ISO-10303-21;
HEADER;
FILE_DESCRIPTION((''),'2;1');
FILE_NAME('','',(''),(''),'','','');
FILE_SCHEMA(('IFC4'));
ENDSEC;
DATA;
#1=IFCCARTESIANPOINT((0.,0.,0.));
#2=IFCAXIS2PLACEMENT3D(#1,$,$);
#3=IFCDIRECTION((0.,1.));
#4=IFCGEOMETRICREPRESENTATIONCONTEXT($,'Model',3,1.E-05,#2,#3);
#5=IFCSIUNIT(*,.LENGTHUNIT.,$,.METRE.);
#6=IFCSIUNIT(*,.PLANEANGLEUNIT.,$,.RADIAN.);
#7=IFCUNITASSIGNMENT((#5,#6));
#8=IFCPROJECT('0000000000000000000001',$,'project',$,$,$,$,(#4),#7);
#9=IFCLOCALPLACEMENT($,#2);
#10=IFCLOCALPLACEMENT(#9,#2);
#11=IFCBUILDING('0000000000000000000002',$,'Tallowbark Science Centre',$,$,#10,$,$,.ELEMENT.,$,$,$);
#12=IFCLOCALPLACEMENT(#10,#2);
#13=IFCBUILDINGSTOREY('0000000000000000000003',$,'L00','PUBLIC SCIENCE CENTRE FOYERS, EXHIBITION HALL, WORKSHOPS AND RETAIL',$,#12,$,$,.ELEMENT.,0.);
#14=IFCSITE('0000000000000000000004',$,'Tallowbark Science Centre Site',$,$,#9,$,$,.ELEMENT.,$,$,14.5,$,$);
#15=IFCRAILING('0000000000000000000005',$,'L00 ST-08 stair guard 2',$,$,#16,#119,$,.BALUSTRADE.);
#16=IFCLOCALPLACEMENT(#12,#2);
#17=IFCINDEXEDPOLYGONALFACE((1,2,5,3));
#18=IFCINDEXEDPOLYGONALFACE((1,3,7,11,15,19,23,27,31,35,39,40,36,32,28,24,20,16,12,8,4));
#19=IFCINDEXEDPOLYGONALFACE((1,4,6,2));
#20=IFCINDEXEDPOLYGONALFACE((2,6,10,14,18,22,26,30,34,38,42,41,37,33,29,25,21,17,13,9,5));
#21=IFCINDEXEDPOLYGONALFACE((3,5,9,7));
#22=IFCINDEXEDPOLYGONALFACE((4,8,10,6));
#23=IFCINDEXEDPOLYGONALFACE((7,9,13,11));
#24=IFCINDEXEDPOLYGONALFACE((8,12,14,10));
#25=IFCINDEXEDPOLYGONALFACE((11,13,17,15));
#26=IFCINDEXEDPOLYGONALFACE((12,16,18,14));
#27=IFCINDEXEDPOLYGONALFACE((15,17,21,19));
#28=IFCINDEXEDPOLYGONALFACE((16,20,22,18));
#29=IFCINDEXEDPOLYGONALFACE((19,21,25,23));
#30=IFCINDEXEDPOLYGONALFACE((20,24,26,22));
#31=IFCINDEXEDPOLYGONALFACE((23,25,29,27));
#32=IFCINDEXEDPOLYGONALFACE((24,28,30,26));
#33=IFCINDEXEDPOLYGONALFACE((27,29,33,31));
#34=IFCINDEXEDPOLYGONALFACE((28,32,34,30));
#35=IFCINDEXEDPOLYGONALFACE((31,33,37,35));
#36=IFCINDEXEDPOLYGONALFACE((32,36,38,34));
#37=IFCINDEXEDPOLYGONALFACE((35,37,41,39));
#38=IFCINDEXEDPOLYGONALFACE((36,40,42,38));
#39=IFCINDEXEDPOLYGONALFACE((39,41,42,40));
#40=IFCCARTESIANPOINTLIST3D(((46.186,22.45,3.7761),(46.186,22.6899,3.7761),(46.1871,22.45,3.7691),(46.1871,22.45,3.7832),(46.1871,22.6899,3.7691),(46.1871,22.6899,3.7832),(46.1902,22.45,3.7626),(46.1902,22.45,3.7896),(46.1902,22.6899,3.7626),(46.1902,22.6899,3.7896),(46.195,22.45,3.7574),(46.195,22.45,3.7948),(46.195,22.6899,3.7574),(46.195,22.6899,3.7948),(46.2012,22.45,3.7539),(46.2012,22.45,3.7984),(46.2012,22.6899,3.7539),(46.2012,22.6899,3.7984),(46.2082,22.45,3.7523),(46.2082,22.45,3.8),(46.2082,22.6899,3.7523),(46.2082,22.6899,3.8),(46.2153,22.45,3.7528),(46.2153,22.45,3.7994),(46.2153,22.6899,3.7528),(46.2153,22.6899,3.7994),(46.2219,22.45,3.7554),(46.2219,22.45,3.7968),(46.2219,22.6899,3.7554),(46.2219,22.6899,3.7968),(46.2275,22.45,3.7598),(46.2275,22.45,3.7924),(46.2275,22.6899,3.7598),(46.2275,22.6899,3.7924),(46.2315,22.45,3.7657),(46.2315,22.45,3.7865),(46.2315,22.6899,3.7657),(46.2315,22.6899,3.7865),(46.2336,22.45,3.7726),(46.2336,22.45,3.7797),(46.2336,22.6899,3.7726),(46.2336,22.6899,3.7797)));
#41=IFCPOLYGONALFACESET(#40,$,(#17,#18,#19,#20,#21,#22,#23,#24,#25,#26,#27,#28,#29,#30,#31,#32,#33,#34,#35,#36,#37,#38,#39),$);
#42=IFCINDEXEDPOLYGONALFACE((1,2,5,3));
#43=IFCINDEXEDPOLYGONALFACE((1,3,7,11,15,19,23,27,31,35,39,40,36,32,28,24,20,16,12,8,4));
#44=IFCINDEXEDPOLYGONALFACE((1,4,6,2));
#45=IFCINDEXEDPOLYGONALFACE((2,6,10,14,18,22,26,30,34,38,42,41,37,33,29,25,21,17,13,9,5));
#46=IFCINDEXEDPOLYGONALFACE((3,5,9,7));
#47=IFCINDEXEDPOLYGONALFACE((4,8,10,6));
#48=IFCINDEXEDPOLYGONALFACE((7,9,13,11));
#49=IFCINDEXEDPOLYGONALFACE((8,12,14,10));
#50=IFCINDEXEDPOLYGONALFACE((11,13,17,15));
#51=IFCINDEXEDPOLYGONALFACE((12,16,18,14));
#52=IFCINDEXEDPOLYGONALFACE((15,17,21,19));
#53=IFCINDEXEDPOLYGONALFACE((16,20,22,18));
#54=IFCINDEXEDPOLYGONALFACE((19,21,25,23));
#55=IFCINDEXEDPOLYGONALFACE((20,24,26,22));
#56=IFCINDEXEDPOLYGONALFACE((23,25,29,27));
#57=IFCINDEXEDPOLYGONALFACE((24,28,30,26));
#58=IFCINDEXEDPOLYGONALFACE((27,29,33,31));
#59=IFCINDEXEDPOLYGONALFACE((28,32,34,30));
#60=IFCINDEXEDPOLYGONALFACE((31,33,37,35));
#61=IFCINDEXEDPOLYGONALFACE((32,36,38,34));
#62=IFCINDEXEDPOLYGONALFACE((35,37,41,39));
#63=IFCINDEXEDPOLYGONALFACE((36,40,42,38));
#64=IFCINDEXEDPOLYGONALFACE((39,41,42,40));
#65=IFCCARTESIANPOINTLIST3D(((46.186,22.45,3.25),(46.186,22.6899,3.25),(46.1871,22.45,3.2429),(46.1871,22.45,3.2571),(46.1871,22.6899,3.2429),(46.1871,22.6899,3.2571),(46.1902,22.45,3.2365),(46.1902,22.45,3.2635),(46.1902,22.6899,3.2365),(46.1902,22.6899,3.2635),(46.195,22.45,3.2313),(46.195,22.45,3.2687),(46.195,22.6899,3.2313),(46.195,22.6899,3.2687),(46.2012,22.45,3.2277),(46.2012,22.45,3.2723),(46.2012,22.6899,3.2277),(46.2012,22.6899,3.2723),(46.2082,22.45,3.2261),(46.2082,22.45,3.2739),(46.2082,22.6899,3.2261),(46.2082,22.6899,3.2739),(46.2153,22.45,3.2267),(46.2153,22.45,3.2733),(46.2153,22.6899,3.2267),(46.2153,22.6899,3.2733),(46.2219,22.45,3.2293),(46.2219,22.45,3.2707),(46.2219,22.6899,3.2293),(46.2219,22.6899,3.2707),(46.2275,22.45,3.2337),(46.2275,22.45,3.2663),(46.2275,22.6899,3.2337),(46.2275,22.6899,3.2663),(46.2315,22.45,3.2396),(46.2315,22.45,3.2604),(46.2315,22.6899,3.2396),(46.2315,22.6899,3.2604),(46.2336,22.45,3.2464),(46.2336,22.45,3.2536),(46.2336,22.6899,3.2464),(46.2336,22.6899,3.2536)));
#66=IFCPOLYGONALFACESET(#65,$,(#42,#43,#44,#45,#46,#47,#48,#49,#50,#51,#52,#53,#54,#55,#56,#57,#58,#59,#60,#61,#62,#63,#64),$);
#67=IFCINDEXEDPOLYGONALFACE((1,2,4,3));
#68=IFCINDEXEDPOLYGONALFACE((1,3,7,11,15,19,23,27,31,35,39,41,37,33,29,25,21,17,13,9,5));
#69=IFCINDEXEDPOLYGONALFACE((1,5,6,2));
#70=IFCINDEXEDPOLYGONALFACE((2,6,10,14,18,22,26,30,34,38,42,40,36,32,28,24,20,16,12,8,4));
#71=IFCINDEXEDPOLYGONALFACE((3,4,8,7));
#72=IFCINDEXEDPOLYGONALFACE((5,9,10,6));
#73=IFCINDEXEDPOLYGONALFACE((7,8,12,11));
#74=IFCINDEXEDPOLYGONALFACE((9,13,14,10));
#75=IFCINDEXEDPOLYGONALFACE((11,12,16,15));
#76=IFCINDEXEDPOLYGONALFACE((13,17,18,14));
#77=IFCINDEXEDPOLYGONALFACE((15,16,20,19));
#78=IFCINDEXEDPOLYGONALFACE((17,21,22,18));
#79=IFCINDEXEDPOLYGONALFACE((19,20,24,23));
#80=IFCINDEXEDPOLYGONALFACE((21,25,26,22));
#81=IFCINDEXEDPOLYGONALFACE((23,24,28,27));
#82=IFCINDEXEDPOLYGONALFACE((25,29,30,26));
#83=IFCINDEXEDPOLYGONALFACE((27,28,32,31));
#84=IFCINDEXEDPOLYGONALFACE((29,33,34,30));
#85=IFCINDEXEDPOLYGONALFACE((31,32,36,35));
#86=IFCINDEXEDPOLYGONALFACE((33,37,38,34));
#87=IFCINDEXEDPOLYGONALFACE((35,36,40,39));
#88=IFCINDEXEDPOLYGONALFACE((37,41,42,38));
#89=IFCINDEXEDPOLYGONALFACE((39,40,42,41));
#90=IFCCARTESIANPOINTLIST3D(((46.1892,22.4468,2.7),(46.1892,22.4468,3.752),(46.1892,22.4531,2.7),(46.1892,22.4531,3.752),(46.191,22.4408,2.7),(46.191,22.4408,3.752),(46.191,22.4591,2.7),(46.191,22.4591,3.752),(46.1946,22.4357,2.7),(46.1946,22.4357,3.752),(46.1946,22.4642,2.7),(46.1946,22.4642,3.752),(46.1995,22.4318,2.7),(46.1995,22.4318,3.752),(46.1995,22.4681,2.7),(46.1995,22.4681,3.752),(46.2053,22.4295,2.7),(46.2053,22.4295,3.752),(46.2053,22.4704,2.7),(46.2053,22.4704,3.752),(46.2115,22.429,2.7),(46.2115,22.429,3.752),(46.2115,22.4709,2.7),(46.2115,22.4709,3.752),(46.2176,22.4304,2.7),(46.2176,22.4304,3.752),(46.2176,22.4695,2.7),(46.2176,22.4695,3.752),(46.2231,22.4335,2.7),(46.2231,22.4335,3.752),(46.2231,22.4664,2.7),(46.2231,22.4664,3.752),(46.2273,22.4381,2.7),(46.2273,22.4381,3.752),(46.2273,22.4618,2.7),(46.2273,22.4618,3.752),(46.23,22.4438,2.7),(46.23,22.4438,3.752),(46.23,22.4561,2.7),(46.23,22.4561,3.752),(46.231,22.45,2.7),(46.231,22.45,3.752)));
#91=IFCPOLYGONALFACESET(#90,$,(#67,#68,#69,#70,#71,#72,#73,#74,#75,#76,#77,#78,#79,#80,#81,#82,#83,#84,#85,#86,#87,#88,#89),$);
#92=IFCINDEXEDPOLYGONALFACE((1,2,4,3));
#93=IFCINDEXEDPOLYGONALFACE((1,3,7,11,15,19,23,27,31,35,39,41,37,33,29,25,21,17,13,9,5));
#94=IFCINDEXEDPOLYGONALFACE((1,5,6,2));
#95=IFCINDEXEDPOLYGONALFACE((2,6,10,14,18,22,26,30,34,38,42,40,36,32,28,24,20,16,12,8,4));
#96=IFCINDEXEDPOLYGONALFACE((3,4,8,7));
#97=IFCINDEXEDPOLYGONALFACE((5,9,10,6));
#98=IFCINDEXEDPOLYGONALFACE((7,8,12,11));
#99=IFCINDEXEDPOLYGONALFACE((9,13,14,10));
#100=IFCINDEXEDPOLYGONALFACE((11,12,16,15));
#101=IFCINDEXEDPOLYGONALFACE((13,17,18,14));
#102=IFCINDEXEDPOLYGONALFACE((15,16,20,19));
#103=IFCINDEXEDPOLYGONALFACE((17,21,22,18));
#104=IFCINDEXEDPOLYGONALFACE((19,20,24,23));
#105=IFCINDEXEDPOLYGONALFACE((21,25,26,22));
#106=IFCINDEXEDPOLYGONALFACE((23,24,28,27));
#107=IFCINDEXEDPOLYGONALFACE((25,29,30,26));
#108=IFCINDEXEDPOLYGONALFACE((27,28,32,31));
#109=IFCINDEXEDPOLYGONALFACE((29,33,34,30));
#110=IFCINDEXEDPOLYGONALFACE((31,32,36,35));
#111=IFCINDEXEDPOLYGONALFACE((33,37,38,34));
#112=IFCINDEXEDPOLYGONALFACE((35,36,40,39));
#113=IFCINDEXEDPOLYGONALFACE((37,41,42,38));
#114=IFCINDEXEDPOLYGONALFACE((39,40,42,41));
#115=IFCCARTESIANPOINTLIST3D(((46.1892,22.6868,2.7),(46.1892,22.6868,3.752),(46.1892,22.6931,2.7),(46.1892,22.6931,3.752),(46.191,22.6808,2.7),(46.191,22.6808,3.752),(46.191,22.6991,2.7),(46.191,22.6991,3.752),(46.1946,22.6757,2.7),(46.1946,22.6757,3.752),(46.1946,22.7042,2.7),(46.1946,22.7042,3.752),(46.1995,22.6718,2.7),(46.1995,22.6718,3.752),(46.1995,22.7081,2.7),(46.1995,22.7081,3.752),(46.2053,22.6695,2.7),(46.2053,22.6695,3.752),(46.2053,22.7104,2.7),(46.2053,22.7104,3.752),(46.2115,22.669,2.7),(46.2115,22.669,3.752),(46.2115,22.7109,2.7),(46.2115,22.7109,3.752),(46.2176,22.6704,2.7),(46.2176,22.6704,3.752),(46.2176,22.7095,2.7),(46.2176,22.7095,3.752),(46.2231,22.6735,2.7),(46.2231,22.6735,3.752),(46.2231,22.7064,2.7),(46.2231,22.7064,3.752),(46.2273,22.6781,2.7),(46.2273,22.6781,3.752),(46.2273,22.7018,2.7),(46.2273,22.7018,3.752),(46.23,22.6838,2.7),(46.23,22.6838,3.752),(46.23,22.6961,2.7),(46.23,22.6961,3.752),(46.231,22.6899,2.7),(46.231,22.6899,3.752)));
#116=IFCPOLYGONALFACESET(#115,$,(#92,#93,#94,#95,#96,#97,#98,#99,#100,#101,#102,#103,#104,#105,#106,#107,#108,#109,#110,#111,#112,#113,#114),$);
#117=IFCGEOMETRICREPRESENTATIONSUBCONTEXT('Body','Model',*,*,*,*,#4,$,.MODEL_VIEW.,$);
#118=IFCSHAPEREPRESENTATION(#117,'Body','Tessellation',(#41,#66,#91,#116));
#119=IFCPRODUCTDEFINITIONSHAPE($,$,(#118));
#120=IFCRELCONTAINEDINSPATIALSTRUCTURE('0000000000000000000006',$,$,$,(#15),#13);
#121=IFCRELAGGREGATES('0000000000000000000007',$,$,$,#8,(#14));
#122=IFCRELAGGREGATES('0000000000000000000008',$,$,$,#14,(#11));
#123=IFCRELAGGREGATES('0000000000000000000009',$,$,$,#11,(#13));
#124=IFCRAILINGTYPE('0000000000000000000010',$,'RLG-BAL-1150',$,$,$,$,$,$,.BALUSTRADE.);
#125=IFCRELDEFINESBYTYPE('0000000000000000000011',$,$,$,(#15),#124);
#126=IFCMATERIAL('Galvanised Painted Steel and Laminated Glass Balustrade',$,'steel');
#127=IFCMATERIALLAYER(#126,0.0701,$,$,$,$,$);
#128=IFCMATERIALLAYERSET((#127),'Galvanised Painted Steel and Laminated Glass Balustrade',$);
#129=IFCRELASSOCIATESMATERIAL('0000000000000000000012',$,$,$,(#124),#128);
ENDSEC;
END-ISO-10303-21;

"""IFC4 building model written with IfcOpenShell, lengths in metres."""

from ifc_helpers import new_model, si_unit, direction, frame, origin, origin_2d, place, context, subcontext, project, spatial, circle, extrude, material, layer, layer_set, type_object, element, save


model = new_model("IFC4")

# Units and contexts
model_context = context("Model", 3, precision=1e-05, world=origin(), true_north=direction((0.0, 1.0)))
body_context = subcontext(model_context, "Body", "Model", "MODEL_VIEW")
ifc_project = project(units=[si_unit("LENGTHUNIT", "METRE"), si_unit("PLANEANGLEUNIT", "RADIAN")], contexts=[model_context])

# Site, building, storey
site_placement = place(None, origin())
site = spatial("IfcSite", under=ifc_project, at=site_placement, Name="Tallowbark Science Centre Site", CompositionType="ELEMENT", RefElevation=14.5)
building_placement = place(site_placement, origin())
building = spatial("IfcBuilding", under=site, at=building_placement, Name="Tallowbark Science Centre", CompositionType="ELEMENT")
storey_placement = place(building_placement, origin())
storey = spatial("IfcBuildingStorey", under=building, at=storey_placement, Name="L00", Description="PUBLIC SCIENCE CENTRE FOYERS, EXHIBITION HALL, WORKSHOPS AND RETAIL", CompositionType="ELEMENT", Elevation=0.0)

# Railing
ifc_material_1 = material(Name="Galvanised Painted Steel and Laminated Glass Balustrade", Category="steel")
ifc_layer_1 = layer(ifc_material_1, 0.0701)
ifc_layer_set_1 = layer_set([ifc_layer_1], Name="Galvanised Painted Steel and Laminated Glass Balustrade")
railing_type = type_object("IfcRailingType", Name="RLG-BAL-1150", PredefinedType="BALUSTRADE", material=ifc_layer_set_1)
railing_1_placement = place(storey_placement, frame((46.21, 22.45, 2.7)))
element("IfcRailing", 1, at=railing_1_placement, inside=storey, type_object=railing_type, Name="L00 ST-08 stair guard 2", PredefinedType="BALUSTRADE", context=body_context, shape_type="SweptSolid", body=[
    extrude(circle(Radius=0.0239, at=origin_2d()), frame((0.0, 0.0, 1.0762), z_axis=(0.0, 1.0, 0.0), x_axis=(-1.0, 0.0, 0.0)), (0.0, 0.0, 1.0), 0.24),
    extrude(circle(Radius=0.0239, at=origin_2d()), frame((0.0, 0.0, 0.55), z_axis=(0.0, 1.0, 0.0), x_axis=(-1.0, 0.0, 0.0)), (0.0, 0.0, 1.0), 0.24),
    extrude(circle(Radius=0.021, at=origin_2d()), origin(), (0.0, 0.0, 1.0), 1.052),
    extrude(circle(Radius=0.021, at=origin_2d()), frame((0.0, 0.24, 0.0)), (0.0, 0.0, 1.0), 1.052),
])

save(model, "model.ifc")
